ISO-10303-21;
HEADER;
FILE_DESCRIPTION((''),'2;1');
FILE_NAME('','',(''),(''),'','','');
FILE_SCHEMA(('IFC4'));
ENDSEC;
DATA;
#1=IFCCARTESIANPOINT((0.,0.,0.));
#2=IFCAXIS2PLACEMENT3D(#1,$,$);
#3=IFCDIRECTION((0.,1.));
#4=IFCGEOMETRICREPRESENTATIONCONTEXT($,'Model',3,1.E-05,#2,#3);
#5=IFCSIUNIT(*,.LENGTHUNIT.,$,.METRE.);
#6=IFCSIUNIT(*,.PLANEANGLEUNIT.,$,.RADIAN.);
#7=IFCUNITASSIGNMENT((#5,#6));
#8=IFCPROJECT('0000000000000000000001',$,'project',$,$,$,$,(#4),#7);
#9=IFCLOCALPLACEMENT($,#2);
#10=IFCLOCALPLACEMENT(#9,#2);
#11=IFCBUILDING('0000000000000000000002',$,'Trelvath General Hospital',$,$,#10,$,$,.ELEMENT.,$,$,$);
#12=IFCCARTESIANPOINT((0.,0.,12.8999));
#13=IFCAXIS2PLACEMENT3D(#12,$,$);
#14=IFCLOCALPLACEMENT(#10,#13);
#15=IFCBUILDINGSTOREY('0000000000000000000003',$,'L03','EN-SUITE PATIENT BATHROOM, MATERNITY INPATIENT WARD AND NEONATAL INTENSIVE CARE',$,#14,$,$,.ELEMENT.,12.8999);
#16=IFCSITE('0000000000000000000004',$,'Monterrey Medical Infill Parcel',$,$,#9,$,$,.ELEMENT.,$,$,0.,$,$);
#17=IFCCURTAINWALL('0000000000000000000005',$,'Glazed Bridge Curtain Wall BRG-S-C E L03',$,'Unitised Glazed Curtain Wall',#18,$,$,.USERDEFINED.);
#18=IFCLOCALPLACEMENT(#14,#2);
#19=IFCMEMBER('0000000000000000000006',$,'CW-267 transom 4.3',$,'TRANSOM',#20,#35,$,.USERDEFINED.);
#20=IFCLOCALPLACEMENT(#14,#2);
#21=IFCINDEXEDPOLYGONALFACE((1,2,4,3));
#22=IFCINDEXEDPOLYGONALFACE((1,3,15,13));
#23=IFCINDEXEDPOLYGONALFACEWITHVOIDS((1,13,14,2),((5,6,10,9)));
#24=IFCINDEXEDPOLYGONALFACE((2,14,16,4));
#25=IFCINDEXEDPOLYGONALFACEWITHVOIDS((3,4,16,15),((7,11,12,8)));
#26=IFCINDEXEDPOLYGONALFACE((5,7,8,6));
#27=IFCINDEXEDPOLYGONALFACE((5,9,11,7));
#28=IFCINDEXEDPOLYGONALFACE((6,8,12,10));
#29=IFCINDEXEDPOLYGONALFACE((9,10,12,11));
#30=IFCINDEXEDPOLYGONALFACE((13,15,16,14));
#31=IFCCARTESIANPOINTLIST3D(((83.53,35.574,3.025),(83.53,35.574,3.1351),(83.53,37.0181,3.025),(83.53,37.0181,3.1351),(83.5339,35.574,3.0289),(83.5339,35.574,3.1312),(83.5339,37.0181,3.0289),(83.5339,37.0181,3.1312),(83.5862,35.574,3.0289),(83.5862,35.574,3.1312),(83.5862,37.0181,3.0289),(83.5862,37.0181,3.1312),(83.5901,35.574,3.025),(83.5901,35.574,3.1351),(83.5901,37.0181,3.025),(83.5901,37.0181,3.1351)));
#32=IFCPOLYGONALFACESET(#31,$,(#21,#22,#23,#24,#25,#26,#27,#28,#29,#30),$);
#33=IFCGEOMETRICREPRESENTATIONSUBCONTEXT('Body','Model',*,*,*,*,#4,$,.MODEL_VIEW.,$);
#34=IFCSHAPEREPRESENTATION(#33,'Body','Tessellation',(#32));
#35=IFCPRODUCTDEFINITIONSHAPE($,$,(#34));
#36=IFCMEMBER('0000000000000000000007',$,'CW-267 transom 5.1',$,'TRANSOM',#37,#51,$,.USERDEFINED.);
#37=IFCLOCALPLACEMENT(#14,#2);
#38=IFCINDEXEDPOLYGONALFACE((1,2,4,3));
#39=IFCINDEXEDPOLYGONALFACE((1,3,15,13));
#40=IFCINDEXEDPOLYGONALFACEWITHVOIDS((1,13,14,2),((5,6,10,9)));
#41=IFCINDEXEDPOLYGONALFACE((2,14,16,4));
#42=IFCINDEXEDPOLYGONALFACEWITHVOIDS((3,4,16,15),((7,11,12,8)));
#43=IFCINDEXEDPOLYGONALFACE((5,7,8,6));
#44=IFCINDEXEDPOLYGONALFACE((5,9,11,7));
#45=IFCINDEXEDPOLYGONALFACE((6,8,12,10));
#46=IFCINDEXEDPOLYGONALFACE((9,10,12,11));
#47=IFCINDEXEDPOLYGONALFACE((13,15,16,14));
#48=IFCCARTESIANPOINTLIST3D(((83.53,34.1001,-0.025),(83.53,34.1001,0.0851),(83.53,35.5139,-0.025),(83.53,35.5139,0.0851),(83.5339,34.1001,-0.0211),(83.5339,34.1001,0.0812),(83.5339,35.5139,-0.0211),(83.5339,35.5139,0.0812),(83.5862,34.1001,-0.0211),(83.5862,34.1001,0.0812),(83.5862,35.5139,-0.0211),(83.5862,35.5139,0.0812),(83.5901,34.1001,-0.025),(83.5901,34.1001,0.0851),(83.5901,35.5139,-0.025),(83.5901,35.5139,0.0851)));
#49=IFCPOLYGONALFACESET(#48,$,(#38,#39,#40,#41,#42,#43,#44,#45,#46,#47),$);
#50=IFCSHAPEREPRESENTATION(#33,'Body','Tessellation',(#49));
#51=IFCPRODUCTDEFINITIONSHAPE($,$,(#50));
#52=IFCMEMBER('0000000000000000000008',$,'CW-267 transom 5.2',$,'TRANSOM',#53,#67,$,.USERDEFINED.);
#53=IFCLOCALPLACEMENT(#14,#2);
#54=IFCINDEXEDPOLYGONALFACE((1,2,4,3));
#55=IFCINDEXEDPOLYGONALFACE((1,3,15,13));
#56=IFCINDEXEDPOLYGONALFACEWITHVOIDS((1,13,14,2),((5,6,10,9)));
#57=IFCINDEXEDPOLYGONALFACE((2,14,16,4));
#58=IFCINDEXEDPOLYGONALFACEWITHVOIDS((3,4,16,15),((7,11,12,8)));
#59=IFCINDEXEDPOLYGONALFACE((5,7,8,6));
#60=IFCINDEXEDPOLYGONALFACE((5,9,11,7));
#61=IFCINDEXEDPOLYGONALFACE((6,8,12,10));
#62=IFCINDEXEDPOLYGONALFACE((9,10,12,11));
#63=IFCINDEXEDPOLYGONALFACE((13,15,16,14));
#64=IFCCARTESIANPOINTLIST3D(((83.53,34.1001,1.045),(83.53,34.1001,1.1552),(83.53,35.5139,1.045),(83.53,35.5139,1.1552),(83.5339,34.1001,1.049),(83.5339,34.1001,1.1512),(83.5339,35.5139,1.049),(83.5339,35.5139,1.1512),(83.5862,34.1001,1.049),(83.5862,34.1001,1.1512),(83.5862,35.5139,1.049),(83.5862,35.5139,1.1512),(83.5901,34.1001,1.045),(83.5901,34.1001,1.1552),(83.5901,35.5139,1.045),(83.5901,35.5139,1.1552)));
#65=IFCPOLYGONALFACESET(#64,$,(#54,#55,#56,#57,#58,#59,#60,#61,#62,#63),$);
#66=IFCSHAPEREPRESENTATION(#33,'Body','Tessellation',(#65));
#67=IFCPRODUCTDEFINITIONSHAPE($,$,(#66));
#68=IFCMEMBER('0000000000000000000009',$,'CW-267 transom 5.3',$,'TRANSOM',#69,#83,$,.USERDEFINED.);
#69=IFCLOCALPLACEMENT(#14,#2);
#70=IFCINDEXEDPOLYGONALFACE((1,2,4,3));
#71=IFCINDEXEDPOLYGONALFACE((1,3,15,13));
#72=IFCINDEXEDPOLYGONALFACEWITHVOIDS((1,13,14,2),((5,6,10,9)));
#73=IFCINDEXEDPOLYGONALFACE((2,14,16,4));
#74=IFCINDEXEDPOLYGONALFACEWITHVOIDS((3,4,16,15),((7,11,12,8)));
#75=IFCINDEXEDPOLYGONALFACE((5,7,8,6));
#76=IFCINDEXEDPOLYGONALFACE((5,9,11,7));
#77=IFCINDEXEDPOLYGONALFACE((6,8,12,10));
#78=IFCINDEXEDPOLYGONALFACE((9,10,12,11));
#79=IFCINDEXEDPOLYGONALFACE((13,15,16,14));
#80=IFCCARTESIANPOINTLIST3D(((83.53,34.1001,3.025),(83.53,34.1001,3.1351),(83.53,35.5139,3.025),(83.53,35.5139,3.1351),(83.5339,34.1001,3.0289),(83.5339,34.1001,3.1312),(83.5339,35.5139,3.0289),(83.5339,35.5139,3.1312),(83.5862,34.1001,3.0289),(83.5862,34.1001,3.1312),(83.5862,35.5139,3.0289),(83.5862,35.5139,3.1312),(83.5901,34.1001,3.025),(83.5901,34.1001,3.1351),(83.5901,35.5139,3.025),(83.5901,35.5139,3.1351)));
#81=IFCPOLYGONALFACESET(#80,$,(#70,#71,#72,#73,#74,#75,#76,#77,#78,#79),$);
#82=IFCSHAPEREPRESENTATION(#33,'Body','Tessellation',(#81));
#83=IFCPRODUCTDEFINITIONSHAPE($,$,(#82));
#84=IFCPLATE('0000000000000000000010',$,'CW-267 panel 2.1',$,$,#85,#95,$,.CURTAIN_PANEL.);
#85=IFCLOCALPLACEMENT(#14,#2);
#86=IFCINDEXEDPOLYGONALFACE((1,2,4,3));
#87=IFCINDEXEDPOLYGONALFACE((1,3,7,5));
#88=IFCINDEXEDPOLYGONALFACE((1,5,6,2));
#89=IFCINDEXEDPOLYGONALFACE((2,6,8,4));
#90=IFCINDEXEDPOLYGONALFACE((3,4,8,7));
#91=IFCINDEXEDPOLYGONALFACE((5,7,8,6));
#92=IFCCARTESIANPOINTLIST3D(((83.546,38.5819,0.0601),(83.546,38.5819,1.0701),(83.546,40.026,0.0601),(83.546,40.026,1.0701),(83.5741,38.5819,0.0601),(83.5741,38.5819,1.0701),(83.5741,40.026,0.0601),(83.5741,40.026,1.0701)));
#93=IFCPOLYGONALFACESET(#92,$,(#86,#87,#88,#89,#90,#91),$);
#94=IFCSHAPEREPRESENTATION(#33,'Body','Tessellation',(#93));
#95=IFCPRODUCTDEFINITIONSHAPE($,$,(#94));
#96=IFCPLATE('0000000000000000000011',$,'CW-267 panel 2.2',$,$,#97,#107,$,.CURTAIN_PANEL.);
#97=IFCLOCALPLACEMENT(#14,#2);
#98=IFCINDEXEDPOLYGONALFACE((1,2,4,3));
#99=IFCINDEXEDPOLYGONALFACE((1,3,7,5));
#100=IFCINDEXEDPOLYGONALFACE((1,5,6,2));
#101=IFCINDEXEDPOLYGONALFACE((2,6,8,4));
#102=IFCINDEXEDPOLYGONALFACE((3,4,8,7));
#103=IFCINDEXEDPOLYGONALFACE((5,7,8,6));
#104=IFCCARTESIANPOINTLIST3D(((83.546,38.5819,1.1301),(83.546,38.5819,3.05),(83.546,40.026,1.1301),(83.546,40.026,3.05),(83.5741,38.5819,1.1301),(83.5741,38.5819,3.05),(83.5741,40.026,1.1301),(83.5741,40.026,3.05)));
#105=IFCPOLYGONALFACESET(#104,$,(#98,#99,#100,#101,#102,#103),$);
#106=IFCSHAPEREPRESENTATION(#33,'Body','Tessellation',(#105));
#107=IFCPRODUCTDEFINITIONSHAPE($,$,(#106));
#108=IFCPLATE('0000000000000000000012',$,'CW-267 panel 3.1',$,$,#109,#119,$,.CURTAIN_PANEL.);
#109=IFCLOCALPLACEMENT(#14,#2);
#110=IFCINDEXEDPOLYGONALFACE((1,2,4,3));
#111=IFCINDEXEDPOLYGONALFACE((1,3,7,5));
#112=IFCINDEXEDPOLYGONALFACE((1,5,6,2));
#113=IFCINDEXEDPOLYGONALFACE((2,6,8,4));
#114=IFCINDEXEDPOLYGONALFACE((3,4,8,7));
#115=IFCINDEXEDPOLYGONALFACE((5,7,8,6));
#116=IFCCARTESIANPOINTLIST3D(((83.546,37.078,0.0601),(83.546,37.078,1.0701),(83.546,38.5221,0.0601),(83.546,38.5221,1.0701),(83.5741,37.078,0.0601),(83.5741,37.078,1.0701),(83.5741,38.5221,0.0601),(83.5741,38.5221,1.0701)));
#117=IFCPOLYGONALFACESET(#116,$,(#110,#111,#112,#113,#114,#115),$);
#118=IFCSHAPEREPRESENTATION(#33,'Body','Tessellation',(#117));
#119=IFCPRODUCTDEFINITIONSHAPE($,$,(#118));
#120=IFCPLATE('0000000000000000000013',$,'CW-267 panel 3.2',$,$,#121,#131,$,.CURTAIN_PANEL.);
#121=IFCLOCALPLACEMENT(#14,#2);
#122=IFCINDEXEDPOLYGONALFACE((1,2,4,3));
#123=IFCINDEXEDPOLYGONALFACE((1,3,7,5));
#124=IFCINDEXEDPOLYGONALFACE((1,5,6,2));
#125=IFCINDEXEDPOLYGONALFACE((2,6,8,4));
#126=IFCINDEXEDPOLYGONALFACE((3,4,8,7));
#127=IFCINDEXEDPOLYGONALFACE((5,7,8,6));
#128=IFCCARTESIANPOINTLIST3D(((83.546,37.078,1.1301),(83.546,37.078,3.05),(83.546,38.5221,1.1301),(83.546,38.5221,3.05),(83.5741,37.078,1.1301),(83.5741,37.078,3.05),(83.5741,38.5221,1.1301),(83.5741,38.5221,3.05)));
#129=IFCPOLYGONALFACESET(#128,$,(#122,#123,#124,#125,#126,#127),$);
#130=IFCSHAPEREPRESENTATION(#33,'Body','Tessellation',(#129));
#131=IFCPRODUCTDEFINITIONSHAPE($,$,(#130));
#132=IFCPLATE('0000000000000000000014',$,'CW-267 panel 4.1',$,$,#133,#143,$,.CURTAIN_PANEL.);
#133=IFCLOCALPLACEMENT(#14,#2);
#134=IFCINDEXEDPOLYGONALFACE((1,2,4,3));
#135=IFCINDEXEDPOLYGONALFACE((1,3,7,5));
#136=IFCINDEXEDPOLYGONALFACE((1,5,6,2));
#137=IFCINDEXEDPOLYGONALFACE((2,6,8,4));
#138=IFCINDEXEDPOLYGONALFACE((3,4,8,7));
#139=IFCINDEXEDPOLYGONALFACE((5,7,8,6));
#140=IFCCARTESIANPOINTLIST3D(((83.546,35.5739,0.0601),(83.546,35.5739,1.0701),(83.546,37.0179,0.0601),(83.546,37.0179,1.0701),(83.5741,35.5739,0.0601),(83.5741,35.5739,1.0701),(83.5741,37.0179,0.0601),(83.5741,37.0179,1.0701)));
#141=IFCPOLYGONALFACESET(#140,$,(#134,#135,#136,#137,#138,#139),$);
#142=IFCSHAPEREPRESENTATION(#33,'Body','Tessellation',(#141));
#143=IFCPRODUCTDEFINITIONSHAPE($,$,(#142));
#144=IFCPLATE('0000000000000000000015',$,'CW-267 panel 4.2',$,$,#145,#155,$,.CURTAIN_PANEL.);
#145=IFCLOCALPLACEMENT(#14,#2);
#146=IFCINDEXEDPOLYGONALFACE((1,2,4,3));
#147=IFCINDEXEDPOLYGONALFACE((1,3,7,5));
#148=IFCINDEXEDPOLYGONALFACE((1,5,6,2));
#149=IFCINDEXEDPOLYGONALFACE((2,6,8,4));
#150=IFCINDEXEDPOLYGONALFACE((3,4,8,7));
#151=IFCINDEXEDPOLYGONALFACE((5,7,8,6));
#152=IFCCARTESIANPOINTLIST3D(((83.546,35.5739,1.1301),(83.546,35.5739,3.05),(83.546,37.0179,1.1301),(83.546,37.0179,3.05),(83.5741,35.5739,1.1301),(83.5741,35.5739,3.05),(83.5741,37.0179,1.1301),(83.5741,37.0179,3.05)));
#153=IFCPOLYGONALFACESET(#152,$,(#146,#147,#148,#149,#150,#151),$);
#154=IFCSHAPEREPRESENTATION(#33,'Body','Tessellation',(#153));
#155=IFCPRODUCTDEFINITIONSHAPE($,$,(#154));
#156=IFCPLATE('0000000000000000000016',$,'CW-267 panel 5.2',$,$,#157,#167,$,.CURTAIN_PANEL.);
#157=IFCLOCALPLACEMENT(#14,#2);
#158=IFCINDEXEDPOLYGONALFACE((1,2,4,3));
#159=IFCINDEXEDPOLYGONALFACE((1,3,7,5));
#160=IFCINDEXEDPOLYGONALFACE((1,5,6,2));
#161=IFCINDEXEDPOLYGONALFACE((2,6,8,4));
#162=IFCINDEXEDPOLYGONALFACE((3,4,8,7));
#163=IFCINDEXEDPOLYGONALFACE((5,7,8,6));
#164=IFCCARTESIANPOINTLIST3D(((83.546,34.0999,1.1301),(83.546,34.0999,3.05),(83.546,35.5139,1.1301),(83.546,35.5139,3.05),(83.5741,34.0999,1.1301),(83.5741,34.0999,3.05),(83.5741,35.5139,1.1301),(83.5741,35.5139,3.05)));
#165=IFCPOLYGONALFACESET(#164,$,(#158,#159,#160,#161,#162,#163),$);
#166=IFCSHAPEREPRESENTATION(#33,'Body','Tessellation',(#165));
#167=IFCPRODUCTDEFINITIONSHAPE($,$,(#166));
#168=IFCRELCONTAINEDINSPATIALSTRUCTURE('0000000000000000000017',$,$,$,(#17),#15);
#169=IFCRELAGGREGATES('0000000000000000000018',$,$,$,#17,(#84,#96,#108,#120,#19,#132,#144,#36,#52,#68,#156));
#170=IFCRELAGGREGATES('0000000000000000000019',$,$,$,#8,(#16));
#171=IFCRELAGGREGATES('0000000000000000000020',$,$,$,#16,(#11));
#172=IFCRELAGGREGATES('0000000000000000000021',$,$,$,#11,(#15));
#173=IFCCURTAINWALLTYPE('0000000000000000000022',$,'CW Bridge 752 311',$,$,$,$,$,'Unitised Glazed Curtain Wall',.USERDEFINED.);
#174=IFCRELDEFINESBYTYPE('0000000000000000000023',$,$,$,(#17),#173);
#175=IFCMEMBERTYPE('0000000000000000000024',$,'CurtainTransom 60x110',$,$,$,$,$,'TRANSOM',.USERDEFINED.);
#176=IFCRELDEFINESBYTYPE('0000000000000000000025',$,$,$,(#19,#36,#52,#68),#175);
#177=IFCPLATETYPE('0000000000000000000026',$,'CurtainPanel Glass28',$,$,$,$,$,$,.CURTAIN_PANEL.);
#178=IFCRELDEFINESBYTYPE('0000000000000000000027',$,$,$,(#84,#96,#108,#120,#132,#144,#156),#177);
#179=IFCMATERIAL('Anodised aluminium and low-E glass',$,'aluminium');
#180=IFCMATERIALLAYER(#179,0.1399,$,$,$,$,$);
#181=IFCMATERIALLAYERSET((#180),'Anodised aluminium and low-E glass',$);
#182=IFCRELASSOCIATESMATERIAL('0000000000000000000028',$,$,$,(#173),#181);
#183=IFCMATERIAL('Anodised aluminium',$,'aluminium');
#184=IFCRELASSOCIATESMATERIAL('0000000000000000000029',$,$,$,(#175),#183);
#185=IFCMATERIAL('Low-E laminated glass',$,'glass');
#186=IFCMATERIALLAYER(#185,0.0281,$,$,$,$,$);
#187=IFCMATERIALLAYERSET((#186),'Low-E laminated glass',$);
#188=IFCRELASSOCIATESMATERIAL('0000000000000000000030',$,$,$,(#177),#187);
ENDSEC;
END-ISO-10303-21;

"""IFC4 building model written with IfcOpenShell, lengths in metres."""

from ifc_helpers import new_model, si_unit, direction, frame, origin, origin_2d, place, context, subcontext, project, spatial, rectangle, hollow_rectangle, extrude, material, layer, layer_set, material_profile, profile_set, type_object, element, aggregate, save


model = new_model("IFC4")

# Units and contexts
model_context = context("Model", 3, precision=1e-05, world=origin(), true_north=direction((0.0, 1.0)))
body_context = subcontext(model_context, "Body", "Model", "MODEL_VIEW")
ifc_project = project(units=[si_unit("LENGTHUNIT", "METRE"), si_unit("PLANEANGLEUNIT", "RADIAN")], contexts=[model_context])

# Site, building, storey
site_placement = place(None, origin())
site = spatial("IfcSite", under=ifc_project, at=site_placement, Name="Monterrey Medical Infill Parcel", CompositionType="ELEMENT", RefElevation=0.0)
building_placement = place(site_placement, origin())
building = spatial("IfcBuilding", under=site, at=building_placement, Name="Trelvath General Hospital", CompositionType="ELEMENT")
storey_placement = place(building_placement, frame((0.0, 0.0, 12.8999)))
storey = spatial("IfcBuildingStorey", under=building, at=storey_placement, Name="L03", Description="EN-SUITE PATIENT BATHROOM, MATERNITY INPATIENT WARD AND NEONATAL INTENSIVE CARE", CompositionType="ELEMENT", Elevation=12.8999)

# Curtain wall, members, plates
ifc_material_1 = material(Name="Anodised aluminium and low-E glass", Category="aluminium")
ifc_layer_1 = layer(ifc_material_1, 0.1399)
ifc_layer_set_1 = layer_set([ifc_layer_1], Name="Anodised aluminium and low-E glass")
curtain_wall_type = type_object("IfcCurtainWallType", Name="CW Bridge 752 311", ElementType="Unitised Glazed Curtain Wall", PredefinedType="USERDEFINED", material=ifc_layer_set_1)
curtain_wall_placement = place(storey_placement, origin())
curtain_wall = element("IfcCurtainWall", 1, at=curtain_wall_placement, inside=storey, type_object=curtain_wall_type, Name="Glazed Bridge Curtain Wall BRG-S-C E L03", ObjectType="Unitised Glazed Curtain Wall", PredefinedType="USERDEFINED")
ifc_material_2 = material(Name="Anodised aluminium", Category="aluminium")
ifc_material_profile_1 = material_profile(ifc_material_2, hollow_rectangle(XDim=0.0601, YDim=0.1101, WallThickness=0.0039, at=origin_2d()), Name="RHS60x110x4")
ifc_profile_set_1 = profile_set([ifc_material_profile_1], Name="Anodised aluminium")
member_type_1 = type_object("IfcMemberType", Name="CurtainTransom 60x110", ElementType="TRANSOM", PredefinedType="USERDEFINED", material=ifc_profile_set_1)
member_1_placement = place(storey_placement, frame((83.5601, 37.0181, 3.0801), z_axis=(0.0, -1.0, 0.0), x_axis=(1.0, 0.0, 0.0)))
member_1 = element("IfcMember", 2, at=member_1_placement, type_object=member_type_1, Name="CW-267 transom 4.3", ObjectType="TRANSOM", PredefinedType="USERDEFINED", context=body_context, shape_type="SweptSolid", body=[
    extrude(hollow_rectangle(XDim=0.0601, YDim=0.1101, WallThickness=0.0039, at=origin_2d()), origin(), (0.0, 0.0, 1.0), 1.4441),
])
member_2_placement = place(storey_placement, frame((83.5601, 35.5139, 0.03), z_axis=(0.0, -1.0, 0.0), x_axis=(1.0, 0.0, 0.0)))
member_2 = element("IfcMember", 3, at=member_2_placement, type_object=member_type_1, Name="CW-267 transom 5.1", ObjectType="TRANSOM", PredefinedType="USERDEFINED", context=body_context, shape_type="SweptSolid", body=[
    extrude(hollow_rectangle(XDim=0.0601, YDim=0.1101, WallThickness=0.0039, at=origin_2d()), origin(), (0.0, 0.0, 1.0), 1.4138),
])
member_3_placement = place(storey_placement, frame((83.5601, 35.5139, 1.1001), z_axis=(0.0, -1.0, 0.0), x_axis=(1.0, 0.0, 0.0)))
member_3 = element("IfcMember", 4, at=member_3_placement, type_object=member_type_1, Name="CW-267 transom 5.2", ObjectType="TRANSOM", PredefinedType="USERDEFINED", context=body_context, shape_type="SweptSolid", body=[
    extrude(hollow_rectangle(XDim=0.0601, YDim=0.1101, WallThickness=0.0039, at=origin_2d()), origin(), (0.0, 0.0, 1.0), 1.4138),
])
member_4_placement = place(storey_placement, frame((83.5601, 35.5139, 3.0801), z_axis=(0.0, -1.0, 0.0), x_axis=(1.0, 0.0, 0.0)))
member_4 = element("IfcMember", 5, at=member_4_placement, type_object=member_type_1, Name="CW-267 transom 5.3", ObjectType="TRANSOM", PredefinedType="USERDEFINED", context=body_context, shape_type="SweptSolid", body=[
    extrude(hollow_rectangle(XDim=0.0601, YDim=0.1101, WallThickness=0.0039, at=origin_2d()), origin(), (0.0, 0.0, 1.0), 1.4138),
])
ifc_material_3 = material(Name="Low-E laminated glass", Category="glass")
ifc_layer_2 = layer(ifc_material_3, 0.0281)
ifc_layer_set_2 = layer_set([ifc_layer_2], Name="Low-E laminated glass")
plate_type = type_object("IfcPlateType", Name="CurtainPanel Glass28", PredefinedType="CURTAIN_PANEL", material=ifc_layer_set_2)
plate_1_placement = place(storey_placement, frame((83.5601, 39.304, 0.0601), z_axis=(0.0, 0.0, 1.0), x_axis=(0.0, -1.0, 0.0)))
plate_1 = element("IfcPlate", 6, at=plate_1_placement, type_object=plate_type, Name="CW-267 panel 2.1", PredefinedType="CURTAIN_PANEL", context=body_context, shape_type="SweptSolid", body=[
    extrude(rectangle(XDim=1.4441, YDim=0.0281, at=origin_2d()), origin(), (0.0, 0.0, 1.0), 1.01),
])
plate_2_placement = place(storey_placement, frame((83.5601, 39.304, 1.1301), z_axis=(0.0, 0.0, 1.0), x_axis=(0.0, -1.0, 0.0)))
plate_2 = element("IfcPlate", 7, at=plate_2_placement, type_object=plate_type, Name="CW-267 panel 2.2", PredefinedType="CURTAIN_PANEL", context=body_context, shape_type="SweptSolid", body=[
    extrude(rectangle(XDim=1.4441, YDim=0.0281, at=origin_2d()), origin(), (0.0, 0.0, 1.0), 1.9199),
])
plate_3_placement = place(storey_placement, frame((83.5601, 37.8, 0.0601), z_axis=(0.0, 0.0, 1.0), x_axis=(0.0, -1.0, 0.0)))
plate_3 = element("IfcPlate", 8, at=plate_3_placement, type_object=plate_type, Name="CW-267 panel 3.1", PredefinedType="CURTAIN_PANEL", context=body_context, shape_type="SweptSolid", body=[
    extrude(rectangle(XDim=1.4441, YDim=0.0281, at=origin_2d()), origin(), (0.0, 0.0, 1.0), 1.01),
])
plate_4_placement = place(storey_placement, frame((83.5601, 37.8, 1.1301), z_axis=(0.0, 0.0, 1.0), x_axis=(0.0, -1.0, 0.0)))
plate_4 = element("IfcPlate", 9, at=plate_4_placement, type_object=plate_type, Name="CW-267 panel 3.2", PredefinedType="CURTAIN_PANEL", context=body_context, shape_type="SweptSolid", body=[
    extrude(rectangle(XDim=1.4441, YDim=0.0281, at=origin_2d()), origin(), (0.0, 0.0, 1.0), 1.9199),
])
plate_5_placement = place(storey_placement, frame((83.5601, 36.2959, 0.0601), z_axis=(0.0, 0.0, 1.0), x_axis=(0.0, -1.0, 0.0)))
plate_5 = element("IfcPlate", 10, at=plate_5_placement, type_object=plate_type, Name="CW-267 panel 4.1", PredefinedType="CURTAIN_PANEL", context=body_context, shape_type="SweptSolid", body=[
    extrude(rectangle(XDim=1.4441, YDim=0.0281, at=origin_2d()), origin(), (0.0, 0.0, 1.0), 1.01),
])
plate_6_placement = place(storey_placement, frame((83.5601, 36.2959, 1.1301), z_axis=(0.0, 0.0, 1.0), x_axis=(0.0, -1.0, 0.0)))
plate_6 = element("IfcPlate", 11, at=plate_6_placement, type_object=plate_type, Name="CW-267 panel 4.2", PredefinedType="CURTAIN_PANEL", context=body_context, shape_type="SweptSolid", body=[
    extrude(rectangle(XDim=1.4441, YDim=0.0281, at=origin_2d()), origin(), (0.0, 0.0, 1.0), 1.9199),
])
plate_7_placement = place(storey_placement, frame((83.5601, 34.8069, 1.1301), z_axis=(0.0, 0.0, 1.0), x_axis=(0.0, -1.0, 0.0)))
plate_7 = element("IfcPlate", 12, at=plate_7_placement, type_object=plate_type, Name="CW-267 panel 5.2", PredefinedType="CURTAIN_PANEL", context=body_context, shape_type="SweptSolid", body=[
    extrude(rectangle(XDim=1.4141, YDim=0.0281, at=origin_2d()), origin(), (0.0, 0.0, 1.0), 1.9199),
])
aggregate(curtain_wall, [plate_1, plate_2, plate_3, plate_4, member_1, plate_5, plate_6, member_2, member_3, member_4, plate_7])

save(model, "model.ifc")
